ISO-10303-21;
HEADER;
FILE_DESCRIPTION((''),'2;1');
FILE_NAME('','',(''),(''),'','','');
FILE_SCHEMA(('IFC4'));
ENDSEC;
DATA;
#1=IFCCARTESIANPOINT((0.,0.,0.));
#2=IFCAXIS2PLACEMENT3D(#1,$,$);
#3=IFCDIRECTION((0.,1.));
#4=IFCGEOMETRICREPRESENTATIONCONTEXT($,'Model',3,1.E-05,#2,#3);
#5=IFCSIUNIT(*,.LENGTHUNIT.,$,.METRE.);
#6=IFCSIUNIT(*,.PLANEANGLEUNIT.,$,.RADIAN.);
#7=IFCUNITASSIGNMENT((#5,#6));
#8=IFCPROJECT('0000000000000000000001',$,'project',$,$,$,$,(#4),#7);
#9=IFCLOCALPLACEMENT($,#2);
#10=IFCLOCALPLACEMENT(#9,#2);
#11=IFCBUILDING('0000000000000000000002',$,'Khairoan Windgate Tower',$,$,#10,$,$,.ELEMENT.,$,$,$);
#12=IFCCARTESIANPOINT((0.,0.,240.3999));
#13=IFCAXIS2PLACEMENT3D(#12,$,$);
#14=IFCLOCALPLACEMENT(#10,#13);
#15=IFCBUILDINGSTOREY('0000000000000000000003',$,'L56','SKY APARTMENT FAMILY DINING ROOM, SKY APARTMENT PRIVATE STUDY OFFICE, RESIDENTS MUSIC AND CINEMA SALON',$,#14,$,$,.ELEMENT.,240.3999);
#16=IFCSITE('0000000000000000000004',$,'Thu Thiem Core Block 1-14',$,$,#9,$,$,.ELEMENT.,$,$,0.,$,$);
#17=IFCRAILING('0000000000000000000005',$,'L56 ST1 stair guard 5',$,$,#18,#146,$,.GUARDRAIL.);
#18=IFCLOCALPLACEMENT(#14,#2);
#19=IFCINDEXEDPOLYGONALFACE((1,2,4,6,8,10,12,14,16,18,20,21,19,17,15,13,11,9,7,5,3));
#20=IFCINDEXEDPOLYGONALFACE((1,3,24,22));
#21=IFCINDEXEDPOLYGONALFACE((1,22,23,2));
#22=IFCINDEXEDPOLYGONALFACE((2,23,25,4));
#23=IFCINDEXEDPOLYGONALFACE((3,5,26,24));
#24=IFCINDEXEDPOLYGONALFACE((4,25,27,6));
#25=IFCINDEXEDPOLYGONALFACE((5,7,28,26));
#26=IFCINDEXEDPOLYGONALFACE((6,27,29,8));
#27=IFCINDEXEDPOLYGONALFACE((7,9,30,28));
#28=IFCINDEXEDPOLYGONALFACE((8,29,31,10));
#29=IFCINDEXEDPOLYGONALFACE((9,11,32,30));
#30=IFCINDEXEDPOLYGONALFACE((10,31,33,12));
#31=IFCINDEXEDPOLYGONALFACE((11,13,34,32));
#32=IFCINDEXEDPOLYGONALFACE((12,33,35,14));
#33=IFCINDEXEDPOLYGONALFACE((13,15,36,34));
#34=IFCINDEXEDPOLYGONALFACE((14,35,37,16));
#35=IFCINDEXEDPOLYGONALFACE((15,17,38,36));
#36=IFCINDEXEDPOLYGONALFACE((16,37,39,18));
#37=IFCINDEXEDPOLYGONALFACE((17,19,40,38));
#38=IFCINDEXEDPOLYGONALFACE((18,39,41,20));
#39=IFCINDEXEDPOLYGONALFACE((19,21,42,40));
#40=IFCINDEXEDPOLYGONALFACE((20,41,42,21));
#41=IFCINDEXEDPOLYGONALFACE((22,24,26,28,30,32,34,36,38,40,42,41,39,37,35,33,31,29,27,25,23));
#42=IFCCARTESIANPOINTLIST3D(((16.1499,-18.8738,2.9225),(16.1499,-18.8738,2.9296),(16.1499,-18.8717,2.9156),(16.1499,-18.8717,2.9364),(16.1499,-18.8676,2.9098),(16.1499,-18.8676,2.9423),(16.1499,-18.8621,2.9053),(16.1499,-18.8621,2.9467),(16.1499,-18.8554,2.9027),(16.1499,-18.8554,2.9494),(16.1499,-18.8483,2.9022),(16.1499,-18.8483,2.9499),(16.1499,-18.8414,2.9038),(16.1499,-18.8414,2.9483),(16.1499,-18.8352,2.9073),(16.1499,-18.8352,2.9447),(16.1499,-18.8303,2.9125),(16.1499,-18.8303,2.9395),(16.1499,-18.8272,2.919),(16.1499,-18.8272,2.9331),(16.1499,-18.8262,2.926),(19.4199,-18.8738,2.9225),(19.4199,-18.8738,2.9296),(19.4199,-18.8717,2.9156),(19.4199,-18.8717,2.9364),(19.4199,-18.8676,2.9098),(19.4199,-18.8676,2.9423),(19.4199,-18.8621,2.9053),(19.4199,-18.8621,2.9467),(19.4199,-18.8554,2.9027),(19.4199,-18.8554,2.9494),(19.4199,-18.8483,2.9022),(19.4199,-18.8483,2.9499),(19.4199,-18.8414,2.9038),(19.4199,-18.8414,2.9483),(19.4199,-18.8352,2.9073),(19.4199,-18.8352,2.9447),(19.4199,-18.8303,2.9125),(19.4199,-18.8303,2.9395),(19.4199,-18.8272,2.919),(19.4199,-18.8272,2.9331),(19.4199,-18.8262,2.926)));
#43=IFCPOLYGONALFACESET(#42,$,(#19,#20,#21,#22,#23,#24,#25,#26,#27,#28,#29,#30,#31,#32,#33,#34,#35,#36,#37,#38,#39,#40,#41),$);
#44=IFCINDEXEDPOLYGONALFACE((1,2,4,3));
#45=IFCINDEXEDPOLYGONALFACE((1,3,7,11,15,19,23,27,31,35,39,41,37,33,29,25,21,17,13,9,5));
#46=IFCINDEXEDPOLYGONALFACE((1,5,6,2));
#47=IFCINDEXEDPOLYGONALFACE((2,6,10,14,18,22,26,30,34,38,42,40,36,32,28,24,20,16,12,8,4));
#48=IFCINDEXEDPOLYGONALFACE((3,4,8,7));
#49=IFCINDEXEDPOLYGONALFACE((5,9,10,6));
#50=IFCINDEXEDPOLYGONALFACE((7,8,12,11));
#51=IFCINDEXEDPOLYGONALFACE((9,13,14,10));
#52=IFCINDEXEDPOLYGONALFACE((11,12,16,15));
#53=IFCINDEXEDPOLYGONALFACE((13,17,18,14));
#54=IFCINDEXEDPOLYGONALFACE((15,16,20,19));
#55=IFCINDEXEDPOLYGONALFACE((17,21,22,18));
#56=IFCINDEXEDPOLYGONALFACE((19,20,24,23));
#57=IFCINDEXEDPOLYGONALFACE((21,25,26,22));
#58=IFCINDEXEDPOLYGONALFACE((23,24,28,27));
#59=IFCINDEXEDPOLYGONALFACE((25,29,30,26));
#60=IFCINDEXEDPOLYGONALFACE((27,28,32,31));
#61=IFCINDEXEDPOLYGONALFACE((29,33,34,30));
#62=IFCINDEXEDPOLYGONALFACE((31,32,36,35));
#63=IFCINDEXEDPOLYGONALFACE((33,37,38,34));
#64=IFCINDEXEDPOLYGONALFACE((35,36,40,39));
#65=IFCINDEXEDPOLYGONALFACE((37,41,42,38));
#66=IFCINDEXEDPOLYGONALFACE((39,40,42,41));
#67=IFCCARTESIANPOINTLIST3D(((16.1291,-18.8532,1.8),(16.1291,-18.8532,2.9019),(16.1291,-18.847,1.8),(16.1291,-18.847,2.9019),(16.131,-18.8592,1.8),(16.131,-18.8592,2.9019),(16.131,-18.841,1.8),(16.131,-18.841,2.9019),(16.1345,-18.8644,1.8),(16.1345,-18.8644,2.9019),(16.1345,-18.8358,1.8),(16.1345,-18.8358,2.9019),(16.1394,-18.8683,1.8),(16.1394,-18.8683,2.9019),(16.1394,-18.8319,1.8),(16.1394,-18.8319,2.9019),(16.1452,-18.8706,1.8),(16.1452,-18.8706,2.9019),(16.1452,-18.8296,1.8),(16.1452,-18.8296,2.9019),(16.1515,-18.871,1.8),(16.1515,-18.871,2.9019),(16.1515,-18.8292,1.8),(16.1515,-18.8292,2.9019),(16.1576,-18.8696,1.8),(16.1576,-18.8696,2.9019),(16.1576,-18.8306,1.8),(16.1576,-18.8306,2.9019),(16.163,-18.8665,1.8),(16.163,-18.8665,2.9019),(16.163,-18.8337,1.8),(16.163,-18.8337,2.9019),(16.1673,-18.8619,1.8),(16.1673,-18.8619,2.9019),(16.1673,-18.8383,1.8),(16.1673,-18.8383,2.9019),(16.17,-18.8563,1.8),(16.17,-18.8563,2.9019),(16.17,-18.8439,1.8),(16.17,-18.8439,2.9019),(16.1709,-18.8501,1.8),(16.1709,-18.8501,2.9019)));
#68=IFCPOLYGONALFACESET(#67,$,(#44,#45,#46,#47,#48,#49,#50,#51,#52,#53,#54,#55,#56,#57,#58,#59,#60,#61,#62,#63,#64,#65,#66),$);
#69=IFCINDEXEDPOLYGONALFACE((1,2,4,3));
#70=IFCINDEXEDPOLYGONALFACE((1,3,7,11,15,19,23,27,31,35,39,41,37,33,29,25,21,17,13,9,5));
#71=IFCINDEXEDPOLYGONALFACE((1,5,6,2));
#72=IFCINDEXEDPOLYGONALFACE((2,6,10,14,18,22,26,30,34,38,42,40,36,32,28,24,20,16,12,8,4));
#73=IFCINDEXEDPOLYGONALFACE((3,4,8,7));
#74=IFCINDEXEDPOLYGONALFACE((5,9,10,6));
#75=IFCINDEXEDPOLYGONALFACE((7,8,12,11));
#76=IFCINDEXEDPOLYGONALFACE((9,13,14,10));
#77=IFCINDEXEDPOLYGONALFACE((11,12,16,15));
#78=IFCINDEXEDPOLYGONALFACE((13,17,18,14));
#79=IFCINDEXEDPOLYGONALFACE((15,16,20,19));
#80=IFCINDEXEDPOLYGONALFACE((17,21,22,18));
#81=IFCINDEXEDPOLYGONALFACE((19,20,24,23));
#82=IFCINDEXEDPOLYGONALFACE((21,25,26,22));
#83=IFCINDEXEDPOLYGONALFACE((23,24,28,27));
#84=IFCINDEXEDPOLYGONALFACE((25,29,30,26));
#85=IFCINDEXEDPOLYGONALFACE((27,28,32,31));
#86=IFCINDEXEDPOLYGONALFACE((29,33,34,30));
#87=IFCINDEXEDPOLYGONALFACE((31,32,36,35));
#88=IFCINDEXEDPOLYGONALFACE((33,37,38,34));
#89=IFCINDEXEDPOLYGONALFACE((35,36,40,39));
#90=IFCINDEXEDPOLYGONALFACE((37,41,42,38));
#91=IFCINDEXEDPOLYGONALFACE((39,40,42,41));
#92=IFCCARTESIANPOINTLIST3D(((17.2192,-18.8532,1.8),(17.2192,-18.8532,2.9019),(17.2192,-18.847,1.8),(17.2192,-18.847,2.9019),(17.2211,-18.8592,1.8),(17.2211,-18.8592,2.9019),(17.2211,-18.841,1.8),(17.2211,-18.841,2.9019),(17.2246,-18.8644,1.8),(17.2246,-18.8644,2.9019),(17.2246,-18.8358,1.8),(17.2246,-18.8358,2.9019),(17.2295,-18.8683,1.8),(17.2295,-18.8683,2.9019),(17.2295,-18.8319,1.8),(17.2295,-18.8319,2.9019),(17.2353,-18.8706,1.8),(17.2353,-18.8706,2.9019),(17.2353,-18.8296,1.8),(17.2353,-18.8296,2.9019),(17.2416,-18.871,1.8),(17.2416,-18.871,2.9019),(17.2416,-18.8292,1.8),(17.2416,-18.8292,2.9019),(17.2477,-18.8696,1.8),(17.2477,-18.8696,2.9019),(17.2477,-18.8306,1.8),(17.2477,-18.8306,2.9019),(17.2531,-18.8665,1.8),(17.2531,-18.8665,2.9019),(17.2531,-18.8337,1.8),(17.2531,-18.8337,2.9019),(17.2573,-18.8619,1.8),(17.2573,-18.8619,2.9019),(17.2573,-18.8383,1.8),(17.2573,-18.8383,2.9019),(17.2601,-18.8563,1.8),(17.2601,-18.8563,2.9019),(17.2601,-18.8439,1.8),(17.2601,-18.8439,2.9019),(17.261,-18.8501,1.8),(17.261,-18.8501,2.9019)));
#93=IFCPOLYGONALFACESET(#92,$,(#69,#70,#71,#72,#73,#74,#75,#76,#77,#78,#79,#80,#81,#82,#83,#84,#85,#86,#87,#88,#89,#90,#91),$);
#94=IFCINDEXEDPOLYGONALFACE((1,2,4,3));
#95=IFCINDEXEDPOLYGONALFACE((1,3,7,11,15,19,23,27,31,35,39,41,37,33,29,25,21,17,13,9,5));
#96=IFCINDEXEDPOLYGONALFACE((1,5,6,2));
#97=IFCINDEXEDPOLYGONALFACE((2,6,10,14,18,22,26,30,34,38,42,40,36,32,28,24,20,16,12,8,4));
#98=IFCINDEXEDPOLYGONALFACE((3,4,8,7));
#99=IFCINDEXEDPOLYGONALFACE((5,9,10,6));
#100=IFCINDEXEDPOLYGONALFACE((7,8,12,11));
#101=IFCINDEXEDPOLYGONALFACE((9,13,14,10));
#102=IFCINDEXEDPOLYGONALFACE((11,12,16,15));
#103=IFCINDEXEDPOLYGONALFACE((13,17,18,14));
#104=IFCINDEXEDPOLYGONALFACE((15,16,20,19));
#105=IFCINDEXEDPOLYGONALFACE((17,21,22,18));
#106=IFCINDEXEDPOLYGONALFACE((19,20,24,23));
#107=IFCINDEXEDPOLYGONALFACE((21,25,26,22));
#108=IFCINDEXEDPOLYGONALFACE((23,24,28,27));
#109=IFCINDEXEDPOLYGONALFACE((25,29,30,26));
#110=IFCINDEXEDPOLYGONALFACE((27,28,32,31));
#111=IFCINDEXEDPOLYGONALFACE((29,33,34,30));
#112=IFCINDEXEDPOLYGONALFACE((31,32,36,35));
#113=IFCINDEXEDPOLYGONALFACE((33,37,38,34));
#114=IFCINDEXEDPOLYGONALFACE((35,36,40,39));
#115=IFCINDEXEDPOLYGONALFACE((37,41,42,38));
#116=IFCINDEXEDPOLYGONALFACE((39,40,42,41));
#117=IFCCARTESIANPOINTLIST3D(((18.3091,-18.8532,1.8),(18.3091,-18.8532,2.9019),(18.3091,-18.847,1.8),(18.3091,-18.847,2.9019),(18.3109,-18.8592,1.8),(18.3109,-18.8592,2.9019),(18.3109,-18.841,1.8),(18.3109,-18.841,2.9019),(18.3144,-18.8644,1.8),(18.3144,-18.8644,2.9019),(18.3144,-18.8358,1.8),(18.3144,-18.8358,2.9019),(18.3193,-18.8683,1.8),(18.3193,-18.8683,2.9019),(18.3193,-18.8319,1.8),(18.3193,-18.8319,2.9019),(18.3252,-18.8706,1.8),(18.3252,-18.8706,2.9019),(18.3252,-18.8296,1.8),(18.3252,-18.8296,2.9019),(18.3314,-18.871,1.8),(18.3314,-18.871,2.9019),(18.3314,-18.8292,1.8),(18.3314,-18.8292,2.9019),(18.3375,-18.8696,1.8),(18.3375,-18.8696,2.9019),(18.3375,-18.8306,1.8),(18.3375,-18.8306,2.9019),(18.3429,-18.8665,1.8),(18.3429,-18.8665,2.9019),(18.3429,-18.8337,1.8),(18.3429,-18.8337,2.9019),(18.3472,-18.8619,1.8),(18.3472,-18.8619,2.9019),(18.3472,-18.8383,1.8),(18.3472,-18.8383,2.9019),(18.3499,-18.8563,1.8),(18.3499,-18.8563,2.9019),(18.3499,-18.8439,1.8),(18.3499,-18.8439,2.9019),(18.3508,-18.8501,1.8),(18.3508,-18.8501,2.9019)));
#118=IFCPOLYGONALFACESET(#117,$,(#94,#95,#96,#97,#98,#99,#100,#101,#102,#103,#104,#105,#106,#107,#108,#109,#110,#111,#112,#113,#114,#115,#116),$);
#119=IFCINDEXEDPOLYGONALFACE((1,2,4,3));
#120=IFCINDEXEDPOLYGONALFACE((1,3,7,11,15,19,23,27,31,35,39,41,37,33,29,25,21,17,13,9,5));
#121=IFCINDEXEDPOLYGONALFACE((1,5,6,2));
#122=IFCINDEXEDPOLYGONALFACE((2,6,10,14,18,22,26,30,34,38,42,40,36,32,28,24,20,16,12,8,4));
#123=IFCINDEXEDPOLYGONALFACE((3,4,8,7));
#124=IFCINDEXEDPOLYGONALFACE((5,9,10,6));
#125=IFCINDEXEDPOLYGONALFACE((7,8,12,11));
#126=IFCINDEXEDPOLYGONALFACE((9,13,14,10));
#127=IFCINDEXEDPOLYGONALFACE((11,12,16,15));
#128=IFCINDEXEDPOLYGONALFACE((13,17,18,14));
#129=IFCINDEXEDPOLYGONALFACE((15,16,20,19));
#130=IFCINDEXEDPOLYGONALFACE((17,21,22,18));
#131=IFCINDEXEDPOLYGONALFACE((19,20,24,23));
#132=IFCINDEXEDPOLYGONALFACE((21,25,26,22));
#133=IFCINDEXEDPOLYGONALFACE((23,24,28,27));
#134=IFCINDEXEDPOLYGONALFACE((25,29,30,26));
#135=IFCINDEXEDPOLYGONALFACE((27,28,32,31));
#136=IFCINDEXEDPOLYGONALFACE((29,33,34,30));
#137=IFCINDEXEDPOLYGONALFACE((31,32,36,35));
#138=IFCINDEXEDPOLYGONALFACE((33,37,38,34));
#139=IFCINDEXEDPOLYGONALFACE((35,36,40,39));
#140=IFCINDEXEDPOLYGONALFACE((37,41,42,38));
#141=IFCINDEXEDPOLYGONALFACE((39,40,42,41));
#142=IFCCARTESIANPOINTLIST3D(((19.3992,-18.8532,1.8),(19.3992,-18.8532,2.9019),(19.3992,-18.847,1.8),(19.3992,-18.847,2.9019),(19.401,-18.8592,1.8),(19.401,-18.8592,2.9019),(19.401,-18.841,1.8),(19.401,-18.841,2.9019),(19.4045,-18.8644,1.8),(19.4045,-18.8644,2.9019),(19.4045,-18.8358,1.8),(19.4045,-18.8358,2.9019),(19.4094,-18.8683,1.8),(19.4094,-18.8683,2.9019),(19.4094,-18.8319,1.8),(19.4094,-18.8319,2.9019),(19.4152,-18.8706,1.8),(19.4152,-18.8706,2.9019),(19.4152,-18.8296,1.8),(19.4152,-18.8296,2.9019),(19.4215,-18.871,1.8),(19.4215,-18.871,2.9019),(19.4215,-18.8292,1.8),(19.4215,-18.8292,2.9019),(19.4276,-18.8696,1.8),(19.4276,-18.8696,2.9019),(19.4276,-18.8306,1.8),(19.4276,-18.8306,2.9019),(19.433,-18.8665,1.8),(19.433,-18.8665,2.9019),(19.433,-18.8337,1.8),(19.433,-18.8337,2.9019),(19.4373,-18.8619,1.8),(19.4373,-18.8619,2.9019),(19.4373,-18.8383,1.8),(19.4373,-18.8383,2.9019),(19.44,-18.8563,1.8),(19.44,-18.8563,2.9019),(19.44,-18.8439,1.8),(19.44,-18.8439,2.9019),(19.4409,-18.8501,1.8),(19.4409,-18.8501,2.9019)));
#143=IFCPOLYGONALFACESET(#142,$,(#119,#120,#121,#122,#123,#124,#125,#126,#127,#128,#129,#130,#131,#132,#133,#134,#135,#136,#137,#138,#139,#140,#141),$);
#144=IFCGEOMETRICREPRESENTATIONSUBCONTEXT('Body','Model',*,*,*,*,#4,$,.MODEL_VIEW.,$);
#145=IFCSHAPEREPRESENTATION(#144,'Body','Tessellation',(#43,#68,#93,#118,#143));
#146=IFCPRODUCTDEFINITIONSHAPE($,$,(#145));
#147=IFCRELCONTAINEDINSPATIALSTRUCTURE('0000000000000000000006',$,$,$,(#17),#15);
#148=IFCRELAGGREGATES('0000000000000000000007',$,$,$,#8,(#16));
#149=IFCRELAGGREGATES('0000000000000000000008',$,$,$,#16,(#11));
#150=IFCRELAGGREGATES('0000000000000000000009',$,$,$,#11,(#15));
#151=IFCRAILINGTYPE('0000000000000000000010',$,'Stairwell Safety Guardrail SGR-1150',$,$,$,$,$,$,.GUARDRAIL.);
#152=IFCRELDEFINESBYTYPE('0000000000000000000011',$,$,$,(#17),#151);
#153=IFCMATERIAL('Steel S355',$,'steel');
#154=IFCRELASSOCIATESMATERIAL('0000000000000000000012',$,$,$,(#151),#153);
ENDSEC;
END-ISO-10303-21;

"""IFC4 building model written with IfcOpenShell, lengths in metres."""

from ifc_helpers import new_model, si_unit, direction, frame, origin, origin_2d, place, context, subcontext, project, spatial, circle, extrude, material, type_object, element, save


model = new_model("IFC4")

# Units and contexts
model_context = context("Model", 3, precision=1e-05, world=origin(), true_north=direction((0.0, 1.0)))
body_context = subcontext(model_context, "Body", "Model", "MODEL_VIEW")
ifc_project = project(units=[si_unit("LENGTHUNIT", "METRE"), si_unit("PLANEANGLEUNIT", "RADIAN")], contexts=[model_context])

# Site, building, storey
site_placement = place(None, origin())
site = spatial("IfcSite", under=ifc_project, at=site_placement, Name="Thu Thiem Core Block 1-14", CompositionType="ELEMENT", RefElevation=0.0)
building_placement = place(site_placement, origin())
building = spatial("IfcBuilding", under=site, at=building_placement, Name="Khairoan Windgate Tower", CompositionType="ELEMENT")
storey_placement = place(building_placement, frame((0.0, 0.0, 240.3999)))
storey = spatial("IfcBuildingStorey", under=building, at=storey_placement, Name="L56", Description="SKY APARTMENT FAMILY DINING ROOM, SKY APARTMENT PRIVATE STUDY OFFICE, RESIDENTS MUSIC AND CINEMA SALON", CompositionType="ELEMENT", Elevation=240.3999)

# Railing
ifc_material_1 = material(Name="Steel S355", Category="steel")
railing_type = type_object("IfcRailingType", Name="Stairwell Safety Guardrail SGR-1150", PredefinedType="GUARDRAIL", material=ifc_material_1)
railing_1_placement = place(storey_placement, frame((16.1499, -18.8501, 1.8)))
element("IfcRailing", 1, at=railing_1_placement, inside=storey, type_object=railing_type, Name="L56 ST1 stair guard 5", PredefinedType="GUARDRAIL", context=body_context, shape_type="SweptSolid", body=[
    extrude(circle(Radius=0.0239, at=origin_2d()), frame((0.0, 0.0, 1.126), z_axis=(1.0, 0.0, 0.0), x_axis=(0.0, 1.0, 0.0)), (0.0, 0.0, 1.0), 3.27),
    extrude(circle(Radius=0.021, at=origin_2d()), origin(), (0.0, 0.0, 1.0), 1.1018),
    extrude(circle(Radius=0.021, at=origin_2d()), frame((1.0901, 0.0, 0.0)), (0.0, 0.0, 1.0), 1.1018),
    extrude(circle(Radius=0.021, at=origin_2d()), frame((2.1799, 0.0, 0.0)), (0.0, 0.0, 1.0), 1.1018),
    extrude(circle(Radius=0.021, at=origin_2d()), frame((3.27, 0.0, 0.0)), (0.0, 0.0, 1.0), 1.1018),
])

save(model, "model.ifc")
